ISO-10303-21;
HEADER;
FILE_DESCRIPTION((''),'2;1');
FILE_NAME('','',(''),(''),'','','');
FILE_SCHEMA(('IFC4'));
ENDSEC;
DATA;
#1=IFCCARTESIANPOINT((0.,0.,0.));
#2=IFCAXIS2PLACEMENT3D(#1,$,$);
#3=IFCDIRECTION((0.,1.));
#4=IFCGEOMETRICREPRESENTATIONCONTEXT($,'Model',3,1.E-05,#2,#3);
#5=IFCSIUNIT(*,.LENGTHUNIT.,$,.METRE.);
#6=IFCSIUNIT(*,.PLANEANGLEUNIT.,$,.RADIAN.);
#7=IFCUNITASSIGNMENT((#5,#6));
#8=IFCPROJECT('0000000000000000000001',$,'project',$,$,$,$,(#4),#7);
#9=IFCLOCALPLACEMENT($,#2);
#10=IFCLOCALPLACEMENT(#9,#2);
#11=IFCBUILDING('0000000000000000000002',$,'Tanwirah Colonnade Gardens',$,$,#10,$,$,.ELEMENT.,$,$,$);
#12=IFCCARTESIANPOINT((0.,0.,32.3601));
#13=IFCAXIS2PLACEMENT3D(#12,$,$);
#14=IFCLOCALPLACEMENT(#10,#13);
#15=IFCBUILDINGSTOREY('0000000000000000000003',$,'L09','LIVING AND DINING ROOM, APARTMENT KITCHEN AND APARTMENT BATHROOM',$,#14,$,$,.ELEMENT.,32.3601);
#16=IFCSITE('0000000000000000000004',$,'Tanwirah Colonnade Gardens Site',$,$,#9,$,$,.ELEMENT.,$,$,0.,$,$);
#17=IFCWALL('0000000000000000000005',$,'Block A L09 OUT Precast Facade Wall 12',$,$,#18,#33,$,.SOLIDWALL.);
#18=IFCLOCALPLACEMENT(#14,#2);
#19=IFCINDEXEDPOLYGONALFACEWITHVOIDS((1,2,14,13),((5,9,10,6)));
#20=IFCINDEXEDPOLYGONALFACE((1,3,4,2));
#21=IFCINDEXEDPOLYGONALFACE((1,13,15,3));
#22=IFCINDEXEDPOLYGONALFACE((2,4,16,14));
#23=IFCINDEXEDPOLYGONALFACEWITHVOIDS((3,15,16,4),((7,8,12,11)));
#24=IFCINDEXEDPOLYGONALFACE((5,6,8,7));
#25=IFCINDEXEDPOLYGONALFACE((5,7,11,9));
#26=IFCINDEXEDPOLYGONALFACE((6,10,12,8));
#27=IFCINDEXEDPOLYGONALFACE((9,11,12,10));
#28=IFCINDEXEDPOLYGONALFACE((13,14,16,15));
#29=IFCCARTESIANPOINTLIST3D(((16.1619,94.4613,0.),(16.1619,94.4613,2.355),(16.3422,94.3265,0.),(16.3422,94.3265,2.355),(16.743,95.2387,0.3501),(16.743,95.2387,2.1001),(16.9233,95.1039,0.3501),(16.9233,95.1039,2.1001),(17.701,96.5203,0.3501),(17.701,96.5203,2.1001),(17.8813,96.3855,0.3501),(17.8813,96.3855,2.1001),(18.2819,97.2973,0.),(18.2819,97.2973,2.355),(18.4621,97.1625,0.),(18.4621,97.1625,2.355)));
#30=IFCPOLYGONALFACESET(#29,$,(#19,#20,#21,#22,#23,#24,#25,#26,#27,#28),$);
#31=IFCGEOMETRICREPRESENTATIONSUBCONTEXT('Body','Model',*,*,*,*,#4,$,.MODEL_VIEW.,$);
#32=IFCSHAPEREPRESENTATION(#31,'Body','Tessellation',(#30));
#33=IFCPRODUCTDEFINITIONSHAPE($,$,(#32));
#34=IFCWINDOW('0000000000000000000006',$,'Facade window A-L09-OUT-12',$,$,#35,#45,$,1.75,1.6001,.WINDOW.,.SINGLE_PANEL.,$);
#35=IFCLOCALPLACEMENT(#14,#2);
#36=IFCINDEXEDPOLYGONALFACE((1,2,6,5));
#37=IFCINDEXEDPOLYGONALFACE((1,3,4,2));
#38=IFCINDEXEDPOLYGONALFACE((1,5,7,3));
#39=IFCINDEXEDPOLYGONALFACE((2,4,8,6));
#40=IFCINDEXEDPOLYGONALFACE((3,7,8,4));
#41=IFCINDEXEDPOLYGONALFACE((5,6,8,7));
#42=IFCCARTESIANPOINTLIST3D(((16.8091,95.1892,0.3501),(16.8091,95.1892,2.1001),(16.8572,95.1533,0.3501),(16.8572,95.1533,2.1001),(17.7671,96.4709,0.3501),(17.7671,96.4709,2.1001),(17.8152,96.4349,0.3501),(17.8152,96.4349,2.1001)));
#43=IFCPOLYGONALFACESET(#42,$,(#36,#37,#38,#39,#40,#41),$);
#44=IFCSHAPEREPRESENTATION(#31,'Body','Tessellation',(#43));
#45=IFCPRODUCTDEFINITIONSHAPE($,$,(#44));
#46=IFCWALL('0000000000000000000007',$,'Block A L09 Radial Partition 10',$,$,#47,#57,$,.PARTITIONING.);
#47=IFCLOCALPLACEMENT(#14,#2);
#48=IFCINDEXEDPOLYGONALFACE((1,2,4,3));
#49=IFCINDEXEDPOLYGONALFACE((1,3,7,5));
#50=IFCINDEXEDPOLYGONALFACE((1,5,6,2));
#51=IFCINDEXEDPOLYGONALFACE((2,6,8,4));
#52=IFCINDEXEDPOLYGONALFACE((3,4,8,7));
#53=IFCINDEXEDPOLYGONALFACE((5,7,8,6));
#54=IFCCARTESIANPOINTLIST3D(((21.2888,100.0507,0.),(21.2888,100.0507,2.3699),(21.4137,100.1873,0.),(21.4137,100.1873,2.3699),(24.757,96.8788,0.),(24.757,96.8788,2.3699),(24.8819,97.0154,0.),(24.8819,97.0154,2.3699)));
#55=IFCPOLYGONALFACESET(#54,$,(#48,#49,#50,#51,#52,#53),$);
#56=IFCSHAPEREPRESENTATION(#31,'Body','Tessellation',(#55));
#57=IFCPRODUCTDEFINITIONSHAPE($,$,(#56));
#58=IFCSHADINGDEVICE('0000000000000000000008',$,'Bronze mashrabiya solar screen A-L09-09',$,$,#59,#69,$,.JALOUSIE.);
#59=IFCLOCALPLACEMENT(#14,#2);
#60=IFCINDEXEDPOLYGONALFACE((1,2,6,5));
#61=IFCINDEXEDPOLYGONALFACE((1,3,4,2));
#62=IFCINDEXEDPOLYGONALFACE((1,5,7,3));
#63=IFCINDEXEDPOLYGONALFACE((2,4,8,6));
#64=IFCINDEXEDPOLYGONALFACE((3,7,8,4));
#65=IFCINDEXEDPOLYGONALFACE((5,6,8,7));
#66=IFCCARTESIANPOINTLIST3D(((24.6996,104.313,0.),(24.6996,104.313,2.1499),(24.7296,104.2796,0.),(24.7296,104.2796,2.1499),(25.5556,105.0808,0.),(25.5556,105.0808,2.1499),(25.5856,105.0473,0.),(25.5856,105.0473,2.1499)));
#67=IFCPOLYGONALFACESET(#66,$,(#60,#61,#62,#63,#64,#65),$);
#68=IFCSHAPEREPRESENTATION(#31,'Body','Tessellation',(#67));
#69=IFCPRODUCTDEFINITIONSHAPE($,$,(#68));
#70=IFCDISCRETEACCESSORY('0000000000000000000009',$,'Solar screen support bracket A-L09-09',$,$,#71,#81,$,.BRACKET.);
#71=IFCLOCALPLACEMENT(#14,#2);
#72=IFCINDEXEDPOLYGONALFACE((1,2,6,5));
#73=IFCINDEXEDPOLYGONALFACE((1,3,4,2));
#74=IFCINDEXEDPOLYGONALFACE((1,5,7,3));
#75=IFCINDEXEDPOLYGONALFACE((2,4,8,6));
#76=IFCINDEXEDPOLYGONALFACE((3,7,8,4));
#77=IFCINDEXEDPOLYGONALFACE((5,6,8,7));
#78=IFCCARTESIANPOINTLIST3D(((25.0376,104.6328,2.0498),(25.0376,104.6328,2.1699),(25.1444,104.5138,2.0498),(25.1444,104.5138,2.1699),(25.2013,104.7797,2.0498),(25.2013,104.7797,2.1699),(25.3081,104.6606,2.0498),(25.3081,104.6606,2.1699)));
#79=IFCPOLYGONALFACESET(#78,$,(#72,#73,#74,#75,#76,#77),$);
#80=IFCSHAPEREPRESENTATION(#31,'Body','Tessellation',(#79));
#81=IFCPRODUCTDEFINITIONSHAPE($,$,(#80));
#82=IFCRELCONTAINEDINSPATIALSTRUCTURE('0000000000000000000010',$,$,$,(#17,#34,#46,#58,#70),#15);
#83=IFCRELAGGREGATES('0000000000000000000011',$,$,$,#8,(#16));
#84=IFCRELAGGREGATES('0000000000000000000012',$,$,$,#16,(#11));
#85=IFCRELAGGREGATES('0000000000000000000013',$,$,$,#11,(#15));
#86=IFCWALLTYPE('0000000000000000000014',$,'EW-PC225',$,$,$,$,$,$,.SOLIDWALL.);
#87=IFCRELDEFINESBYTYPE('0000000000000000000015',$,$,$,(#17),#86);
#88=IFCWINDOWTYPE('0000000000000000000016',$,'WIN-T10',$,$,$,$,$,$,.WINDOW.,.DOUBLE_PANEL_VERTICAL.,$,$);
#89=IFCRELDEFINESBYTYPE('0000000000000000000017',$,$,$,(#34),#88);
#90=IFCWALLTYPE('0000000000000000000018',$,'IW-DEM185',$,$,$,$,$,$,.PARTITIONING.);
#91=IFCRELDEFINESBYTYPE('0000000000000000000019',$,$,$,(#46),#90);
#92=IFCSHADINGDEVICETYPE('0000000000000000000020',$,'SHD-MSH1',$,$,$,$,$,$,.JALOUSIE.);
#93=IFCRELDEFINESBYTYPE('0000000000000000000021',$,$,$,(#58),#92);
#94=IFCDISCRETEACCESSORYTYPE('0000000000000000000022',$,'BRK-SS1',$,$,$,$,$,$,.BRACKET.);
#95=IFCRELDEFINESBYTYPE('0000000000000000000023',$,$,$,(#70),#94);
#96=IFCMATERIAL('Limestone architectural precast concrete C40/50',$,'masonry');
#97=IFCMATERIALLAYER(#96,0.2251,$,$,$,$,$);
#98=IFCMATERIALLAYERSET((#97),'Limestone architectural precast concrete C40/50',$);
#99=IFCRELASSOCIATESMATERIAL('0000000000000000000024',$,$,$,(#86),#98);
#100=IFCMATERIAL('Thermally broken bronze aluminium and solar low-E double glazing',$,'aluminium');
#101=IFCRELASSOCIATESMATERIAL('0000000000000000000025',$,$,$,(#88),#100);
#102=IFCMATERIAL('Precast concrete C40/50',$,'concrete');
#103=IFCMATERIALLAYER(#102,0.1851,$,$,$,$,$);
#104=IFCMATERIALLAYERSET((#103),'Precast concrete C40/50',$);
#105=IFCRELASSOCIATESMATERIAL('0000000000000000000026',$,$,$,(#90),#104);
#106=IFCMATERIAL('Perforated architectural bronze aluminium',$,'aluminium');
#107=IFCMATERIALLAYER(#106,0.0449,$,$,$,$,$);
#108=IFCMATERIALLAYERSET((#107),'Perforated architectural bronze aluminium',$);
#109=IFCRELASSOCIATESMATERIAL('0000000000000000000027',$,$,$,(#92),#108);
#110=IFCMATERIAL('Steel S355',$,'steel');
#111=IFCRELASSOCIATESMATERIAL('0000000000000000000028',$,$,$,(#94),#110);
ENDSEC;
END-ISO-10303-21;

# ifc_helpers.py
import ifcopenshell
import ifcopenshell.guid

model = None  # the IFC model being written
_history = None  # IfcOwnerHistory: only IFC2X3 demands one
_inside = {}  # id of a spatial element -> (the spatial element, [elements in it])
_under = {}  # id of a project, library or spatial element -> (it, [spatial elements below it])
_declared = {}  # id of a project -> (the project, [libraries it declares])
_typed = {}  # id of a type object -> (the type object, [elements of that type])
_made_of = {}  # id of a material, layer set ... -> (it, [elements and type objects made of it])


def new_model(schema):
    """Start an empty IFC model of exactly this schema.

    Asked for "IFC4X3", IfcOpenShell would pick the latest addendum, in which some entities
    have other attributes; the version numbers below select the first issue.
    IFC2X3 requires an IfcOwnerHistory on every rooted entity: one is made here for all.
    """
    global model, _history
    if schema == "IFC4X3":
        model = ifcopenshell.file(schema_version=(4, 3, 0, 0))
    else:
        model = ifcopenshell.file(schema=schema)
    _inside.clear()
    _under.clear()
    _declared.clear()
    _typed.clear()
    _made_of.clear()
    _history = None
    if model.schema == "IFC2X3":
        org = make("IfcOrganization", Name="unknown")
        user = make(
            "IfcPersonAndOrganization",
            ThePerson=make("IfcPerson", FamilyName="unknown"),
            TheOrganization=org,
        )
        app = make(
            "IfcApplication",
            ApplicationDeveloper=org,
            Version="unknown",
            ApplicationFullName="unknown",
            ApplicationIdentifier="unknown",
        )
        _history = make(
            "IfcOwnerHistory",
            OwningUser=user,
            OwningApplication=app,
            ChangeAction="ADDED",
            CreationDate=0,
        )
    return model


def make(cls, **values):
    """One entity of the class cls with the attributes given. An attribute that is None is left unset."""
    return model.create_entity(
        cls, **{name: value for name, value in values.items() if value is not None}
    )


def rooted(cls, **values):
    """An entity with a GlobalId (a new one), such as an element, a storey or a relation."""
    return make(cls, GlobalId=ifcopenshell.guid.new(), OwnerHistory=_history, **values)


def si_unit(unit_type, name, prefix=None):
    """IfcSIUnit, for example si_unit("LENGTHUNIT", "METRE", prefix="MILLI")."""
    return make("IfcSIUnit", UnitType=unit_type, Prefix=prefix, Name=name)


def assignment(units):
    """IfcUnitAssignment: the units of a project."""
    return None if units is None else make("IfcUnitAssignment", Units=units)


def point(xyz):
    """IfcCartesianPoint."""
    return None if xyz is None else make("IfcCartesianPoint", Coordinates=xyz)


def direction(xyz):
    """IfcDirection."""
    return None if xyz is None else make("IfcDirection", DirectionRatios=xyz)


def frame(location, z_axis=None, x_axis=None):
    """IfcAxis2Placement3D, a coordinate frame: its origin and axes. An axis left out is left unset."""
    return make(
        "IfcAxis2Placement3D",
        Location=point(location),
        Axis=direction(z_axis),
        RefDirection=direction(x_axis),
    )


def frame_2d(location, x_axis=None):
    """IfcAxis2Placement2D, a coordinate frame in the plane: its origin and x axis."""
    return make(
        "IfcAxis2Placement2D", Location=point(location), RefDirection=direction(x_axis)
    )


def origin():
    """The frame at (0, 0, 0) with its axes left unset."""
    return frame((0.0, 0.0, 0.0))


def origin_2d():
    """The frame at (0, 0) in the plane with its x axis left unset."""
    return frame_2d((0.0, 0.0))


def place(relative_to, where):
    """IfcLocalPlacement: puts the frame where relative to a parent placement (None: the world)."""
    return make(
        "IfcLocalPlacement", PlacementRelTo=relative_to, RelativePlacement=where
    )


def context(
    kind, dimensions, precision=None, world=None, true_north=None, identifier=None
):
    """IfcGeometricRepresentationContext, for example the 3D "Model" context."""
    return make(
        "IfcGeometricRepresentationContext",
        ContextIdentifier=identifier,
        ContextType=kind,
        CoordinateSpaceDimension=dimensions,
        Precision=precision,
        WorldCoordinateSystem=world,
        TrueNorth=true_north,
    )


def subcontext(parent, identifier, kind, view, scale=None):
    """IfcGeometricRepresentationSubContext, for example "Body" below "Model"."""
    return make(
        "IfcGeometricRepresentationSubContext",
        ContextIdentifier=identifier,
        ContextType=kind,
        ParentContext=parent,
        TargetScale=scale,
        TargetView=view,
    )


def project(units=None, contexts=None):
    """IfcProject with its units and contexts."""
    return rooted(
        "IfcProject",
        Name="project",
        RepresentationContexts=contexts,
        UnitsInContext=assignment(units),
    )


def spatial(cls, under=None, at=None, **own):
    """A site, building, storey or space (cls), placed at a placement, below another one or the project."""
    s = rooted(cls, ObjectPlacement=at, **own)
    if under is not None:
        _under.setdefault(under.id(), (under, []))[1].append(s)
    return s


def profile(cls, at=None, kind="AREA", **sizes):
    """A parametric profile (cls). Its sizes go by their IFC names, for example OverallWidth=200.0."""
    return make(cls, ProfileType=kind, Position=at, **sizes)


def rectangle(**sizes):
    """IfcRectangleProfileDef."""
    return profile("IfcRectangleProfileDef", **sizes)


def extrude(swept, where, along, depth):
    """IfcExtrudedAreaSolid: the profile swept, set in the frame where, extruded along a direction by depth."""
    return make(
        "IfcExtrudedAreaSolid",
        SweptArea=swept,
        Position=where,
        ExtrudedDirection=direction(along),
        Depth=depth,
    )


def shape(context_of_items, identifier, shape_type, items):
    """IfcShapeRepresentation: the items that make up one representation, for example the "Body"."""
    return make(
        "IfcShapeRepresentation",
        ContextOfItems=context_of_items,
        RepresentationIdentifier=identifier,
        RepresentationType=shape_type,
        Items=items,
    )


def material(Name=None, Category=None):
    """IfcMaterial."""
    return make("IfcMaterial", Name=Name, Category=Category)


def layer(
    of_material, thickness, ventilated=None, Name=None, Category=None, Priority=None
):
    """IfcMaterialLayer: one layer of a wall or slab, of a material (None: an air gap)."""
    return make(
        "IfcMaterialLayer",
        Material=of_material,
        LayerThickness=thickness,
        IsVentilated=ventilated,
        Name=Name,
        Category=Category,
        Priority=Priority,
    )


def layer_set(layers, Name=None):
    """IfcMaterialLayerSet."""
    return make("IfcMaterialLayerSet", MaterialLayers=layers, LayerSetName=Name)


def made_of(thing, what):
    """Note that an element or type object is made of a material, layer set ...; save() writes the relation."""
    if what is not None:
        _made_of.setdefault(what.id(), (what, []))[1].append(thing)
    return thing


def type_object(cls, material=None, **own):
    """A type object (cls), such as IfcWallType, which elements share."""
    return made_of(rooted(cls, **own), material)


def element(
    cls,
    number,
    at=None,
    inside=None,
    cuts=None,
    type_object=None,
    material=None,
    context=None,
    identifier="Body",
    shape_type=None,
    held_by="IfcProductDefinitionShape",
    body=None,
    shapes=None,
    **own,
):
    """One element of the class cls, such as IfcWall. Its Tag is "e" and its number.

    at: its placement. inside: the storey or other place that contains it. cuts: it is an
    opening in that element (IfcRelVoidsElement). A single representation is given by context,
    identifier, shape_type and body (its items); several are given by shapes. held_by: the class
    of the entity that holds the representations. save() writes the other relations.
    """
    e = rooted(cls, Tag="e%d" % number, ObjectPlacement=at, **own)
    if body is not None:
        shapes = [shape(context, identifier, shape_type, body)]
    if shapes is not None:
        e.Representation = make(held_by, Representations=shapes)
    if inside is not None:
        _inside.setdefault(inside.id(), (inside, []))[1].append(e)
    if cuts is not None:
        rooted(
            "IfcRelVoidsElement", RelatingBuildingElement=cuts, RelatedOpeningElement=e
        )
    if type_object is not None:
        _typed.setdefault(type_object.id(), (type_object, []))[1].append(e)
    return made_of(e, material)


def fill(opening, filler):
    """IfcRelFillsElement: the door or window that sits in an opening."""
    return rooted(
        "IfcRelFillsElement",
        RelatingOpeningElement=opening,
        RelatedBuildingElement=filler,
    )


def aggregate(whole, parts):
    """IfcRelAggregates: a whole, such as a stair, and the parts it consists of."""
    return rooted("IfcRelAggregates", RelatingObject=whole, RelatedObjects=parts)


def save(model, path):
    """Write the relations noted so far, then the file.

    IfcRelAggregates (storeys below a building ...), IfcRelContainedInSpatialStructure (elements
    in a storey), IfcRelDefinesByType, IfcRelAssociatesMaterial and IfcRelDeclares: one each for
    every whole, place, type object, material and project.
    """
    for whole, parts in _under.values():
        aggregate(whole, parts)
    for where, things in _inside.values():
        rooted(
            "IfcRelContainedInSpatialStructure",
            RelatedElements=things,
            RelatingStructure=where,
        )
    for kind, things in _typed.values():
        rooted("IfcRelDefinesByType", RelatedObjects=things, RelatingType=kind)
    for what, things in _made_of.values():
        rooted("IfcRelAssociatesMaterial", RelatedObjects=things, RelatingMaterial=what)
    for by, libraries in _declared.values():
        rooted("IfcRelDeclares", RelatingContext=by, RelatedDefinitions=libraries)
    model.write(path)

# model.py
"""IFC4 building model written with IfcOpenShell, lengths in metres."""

from ifc_helpers import new_model, si_unit, direction, frame, frame_2d, origin, origin_2d, place, context, subcontext, project, spatial, rectangle, extrude, material, layer, layer_set, type_object, element, fill, save


model = new_model("IFC4")

# Units and contexts
model_context = context("Model", 3, precision=1e-05, world=origin(), true_north=direction((0.0, 1.0)))
body_context = subcontext(model_context, "Body", "Model", "MODEL_VIEW")
ifc_project = project(units=[si_unit("LENGTHUNIT", "METRE"), si_unit("PLANEANGLEUNIT", "RADIAN")], contexts=[model_context])

# Site, building, storey
site_placement = place(None, origin())
site = spatial("IfcSite", under=ifc_project, at=site_placement, Name="Tanwirah Colonnade Gardens Site", CompositionType="ELEMENT", RefElevation=0.0)
building_placement = place(site_placement, origin())
building = spatial("IfcBuilding", under=site, at=building_placement, Name="Tanwirah Colonnade Gardens", CompositionType="ELEMENT")
storey_placement = place(building_placement, frame((0.0, 0.0, 32.3601)))
storey = spatial("IfcBuildingStorey", under=building, at=storey_placement, Name="L09", Description="LIVING AND DINING ROOM, APARTMENT KITCHEN AND APARTMENT BATHROOM", CompositionType="ELEMENT", Elevation=32.3601)

# Shared definitions
ifc_material_1 = material(Name="Precast concrete C40/50", Category="concrete")

# Shared definitions
ifc_material_2 = material(Name="Limestone architectural precast concrete C40/50", Category="masonry")
ifc_layer_1 = layer(ifc_material_2, 0.2251)
ifc_layer_set_1 = layer_set([ifc_layer_1], Name="Limestone architectural precast concrete C40/50")
wall_type_1 = type_object("IfcWallType", Name="EW-PC225", PredefinedType="SOLIDWALL", material=ifc_layer_set_1)
ifc_material_3 = material(Name="Thermally broken bronze aluminium and solar low-E double glazing", Category="aluminium")

# Wall, opening, window
wall_1_placement = place(storey_placement, frame((18.3721, 97.23, 0.0), z_axis=(0.0, 0.0, 1.0), x_axis=(-0.598719, -0.800959, 0.0)))
wall_1 = element("IfcWall", 1, at=wall_1_placement, inside=storey, type_object=wall_type_1, Name="Block A L09 OUT Precast Facade Wall 12", PredefinedType="SOLIDWALL", context=body_context, shape_type="SweptSolid", body=[
    extrude(rectangle(XDim=3.5408, YDim=0.2251, at=frame_2d((1.7705, 0.0))), origin(), (0.0, 0.0, 1.0), 2.355),
])
opening_1_placement = place(wall_1_placement, frame((0.9702, 0.0, 0.3501)))
opening_1 = element("IfcOpeningElement", 2, at=opening_1_placement, cuts=wall_1, PredefinedType="OPENING", context=body_context, shape_type="SweptSolid", body=[
    extrude(rectangle(XDim=1.6001, YDim=1.75, at=frame_2d((0.8, 0.875))), frame((0.0, 0.1226, 0.0), z_axis=(0.0, -1.0, 0.0), x_axis=(1.0, 0.0, 0.0)), (0.0, 0.0, 1.0), 0.2451),
])
window_type_1 = type_object("IfcWindowType", Name="WIN-T10", PartitioningType="DOUBLE_PANEL_VERTICAL", PredefinedType="WINDOW", material=ifc_material_3)
window_1_placement = place(opening_1_placement, origin())
window_1 = element("IfcWindow", 3, at=window_1_placement, inside=storey, type_object=window_type_1, Name="Facade window A-L09-OUT-12", OverallHeight=1.75, OverallWidth=1.6001, PartitioningType="SINGLE_PANEL", PredefinedType="WINDOW", context=body_context, shape_type="SweptSolid", body=[
    extrude(rectangle(XDim=1.6001, YDim=1.75, at=frame_2d((0.8, 0.875))), frame((0.0, 0.03, 0.0), z_axis=(0.0, -1.0, 0.0), x_axis=(1.0, 0.0, 0.0)), (0.0, 0.0, 1.0), 0.0601),
])
fill(opening_1, window_1)

# Wall
ifc_layer_2 = layer(ifc_material_1, 0.1851)
ifc_layer_set_2 = layer_set([ifc_layer_2], Name="Precast concrete C40/50")
wall_type_2 = type_object("IfcWallType", Name="IW-DEM185", PredefinedType="PARTITIONING", material=ifc_layer_set_2)
wall_2_placement = place(storey_placement, frame((24.8196, 96.947, 0.0), z_axis=(0.0, 0.0, 1.0), x_axis=(-0.737934, 0.674873, 0.0)))
element("IfcWall", 4, at=wall_2_placement, inside=storey, type_object=wall_type_2, Name="Block A L09 Radial Partition 10", PredefinedType="PARTITIONING", context=body_context, shape_type="SweptSolid", body=[
    extrude(rectangle(XDim=4.7, YDim=0.1851, at=frame_2d((2.3501, 0.0))), origin(), (0.0, 0.0, 1.0), 2.3699),
])

# Shading device
ifc_material_4 = material(Name="Perforated architectural bronze aluminium", Category="aluminium")
ifc_layer_3 = layer(ifc_material_4, 0.0449)
ifc_layer_set_3 = layer_set([ifc_layer_3], Name="Perforated architectural bronze aluminium")
shading_device_type = type_object("IfcShadingDeviceType", Name="SHD-MSH1", PredefinedType="JALOUSIE", material=ifc_layer_set_3)
shading_device_placement = place(storey_placement, frame((25.1426, 104.6802, 0.0), z_axis=(0.0, 0.0, 1.0), x_axis=(-0.74444, -0.66769, 0.0)))
element("IfcShadingDevice", 5, at=shading_device_placement, inside=storey, type_object=shading_device_type, Name="Bronze mashrabiya solar screen A-L09-09", PredefinedType="JALOUSIE", context=body_context, shape_type="SweptSolid", body=[
    extrude(rectangle(XDim=1.1499, YDim=0.0449, at=origin_2d()), origin(), (0.0, 0.0, 1.0), 2.1499),
])

# Discrete accessory
ifc_material_5 = material(Name="Steel S355", Category="steel")
discrete_accessory_type = type_object("IfcDiscreteAccessoryType", Name="BRK-SS1", PredefinedType="BRACKET", material=ifc_material_5)
discrete_accessory_placement = place(storey_placement, frame((25.1729, 104.6467, 2.0498), z_axis=(0.0, 0.0, 1.0), x_axis=(-0.74444, -0.66769, 0.0)))
element("IfcDiscreteAccessory", 6, at=discrete_accessory_placement, inside=storey, type_object=discrete_accessory_type, Name="Solar screen support bracket A-L09-09", PredefinedType="BRACKET", context=body_context, shape_type="SweptSolid", body=[
    extrude(rectangle(XDim=0.22, YDim=0.1599, at=origin_2d()), origin(), (0.0, 0.0, 1.0), 0.1201),
])

save(model, "model.ifc")
